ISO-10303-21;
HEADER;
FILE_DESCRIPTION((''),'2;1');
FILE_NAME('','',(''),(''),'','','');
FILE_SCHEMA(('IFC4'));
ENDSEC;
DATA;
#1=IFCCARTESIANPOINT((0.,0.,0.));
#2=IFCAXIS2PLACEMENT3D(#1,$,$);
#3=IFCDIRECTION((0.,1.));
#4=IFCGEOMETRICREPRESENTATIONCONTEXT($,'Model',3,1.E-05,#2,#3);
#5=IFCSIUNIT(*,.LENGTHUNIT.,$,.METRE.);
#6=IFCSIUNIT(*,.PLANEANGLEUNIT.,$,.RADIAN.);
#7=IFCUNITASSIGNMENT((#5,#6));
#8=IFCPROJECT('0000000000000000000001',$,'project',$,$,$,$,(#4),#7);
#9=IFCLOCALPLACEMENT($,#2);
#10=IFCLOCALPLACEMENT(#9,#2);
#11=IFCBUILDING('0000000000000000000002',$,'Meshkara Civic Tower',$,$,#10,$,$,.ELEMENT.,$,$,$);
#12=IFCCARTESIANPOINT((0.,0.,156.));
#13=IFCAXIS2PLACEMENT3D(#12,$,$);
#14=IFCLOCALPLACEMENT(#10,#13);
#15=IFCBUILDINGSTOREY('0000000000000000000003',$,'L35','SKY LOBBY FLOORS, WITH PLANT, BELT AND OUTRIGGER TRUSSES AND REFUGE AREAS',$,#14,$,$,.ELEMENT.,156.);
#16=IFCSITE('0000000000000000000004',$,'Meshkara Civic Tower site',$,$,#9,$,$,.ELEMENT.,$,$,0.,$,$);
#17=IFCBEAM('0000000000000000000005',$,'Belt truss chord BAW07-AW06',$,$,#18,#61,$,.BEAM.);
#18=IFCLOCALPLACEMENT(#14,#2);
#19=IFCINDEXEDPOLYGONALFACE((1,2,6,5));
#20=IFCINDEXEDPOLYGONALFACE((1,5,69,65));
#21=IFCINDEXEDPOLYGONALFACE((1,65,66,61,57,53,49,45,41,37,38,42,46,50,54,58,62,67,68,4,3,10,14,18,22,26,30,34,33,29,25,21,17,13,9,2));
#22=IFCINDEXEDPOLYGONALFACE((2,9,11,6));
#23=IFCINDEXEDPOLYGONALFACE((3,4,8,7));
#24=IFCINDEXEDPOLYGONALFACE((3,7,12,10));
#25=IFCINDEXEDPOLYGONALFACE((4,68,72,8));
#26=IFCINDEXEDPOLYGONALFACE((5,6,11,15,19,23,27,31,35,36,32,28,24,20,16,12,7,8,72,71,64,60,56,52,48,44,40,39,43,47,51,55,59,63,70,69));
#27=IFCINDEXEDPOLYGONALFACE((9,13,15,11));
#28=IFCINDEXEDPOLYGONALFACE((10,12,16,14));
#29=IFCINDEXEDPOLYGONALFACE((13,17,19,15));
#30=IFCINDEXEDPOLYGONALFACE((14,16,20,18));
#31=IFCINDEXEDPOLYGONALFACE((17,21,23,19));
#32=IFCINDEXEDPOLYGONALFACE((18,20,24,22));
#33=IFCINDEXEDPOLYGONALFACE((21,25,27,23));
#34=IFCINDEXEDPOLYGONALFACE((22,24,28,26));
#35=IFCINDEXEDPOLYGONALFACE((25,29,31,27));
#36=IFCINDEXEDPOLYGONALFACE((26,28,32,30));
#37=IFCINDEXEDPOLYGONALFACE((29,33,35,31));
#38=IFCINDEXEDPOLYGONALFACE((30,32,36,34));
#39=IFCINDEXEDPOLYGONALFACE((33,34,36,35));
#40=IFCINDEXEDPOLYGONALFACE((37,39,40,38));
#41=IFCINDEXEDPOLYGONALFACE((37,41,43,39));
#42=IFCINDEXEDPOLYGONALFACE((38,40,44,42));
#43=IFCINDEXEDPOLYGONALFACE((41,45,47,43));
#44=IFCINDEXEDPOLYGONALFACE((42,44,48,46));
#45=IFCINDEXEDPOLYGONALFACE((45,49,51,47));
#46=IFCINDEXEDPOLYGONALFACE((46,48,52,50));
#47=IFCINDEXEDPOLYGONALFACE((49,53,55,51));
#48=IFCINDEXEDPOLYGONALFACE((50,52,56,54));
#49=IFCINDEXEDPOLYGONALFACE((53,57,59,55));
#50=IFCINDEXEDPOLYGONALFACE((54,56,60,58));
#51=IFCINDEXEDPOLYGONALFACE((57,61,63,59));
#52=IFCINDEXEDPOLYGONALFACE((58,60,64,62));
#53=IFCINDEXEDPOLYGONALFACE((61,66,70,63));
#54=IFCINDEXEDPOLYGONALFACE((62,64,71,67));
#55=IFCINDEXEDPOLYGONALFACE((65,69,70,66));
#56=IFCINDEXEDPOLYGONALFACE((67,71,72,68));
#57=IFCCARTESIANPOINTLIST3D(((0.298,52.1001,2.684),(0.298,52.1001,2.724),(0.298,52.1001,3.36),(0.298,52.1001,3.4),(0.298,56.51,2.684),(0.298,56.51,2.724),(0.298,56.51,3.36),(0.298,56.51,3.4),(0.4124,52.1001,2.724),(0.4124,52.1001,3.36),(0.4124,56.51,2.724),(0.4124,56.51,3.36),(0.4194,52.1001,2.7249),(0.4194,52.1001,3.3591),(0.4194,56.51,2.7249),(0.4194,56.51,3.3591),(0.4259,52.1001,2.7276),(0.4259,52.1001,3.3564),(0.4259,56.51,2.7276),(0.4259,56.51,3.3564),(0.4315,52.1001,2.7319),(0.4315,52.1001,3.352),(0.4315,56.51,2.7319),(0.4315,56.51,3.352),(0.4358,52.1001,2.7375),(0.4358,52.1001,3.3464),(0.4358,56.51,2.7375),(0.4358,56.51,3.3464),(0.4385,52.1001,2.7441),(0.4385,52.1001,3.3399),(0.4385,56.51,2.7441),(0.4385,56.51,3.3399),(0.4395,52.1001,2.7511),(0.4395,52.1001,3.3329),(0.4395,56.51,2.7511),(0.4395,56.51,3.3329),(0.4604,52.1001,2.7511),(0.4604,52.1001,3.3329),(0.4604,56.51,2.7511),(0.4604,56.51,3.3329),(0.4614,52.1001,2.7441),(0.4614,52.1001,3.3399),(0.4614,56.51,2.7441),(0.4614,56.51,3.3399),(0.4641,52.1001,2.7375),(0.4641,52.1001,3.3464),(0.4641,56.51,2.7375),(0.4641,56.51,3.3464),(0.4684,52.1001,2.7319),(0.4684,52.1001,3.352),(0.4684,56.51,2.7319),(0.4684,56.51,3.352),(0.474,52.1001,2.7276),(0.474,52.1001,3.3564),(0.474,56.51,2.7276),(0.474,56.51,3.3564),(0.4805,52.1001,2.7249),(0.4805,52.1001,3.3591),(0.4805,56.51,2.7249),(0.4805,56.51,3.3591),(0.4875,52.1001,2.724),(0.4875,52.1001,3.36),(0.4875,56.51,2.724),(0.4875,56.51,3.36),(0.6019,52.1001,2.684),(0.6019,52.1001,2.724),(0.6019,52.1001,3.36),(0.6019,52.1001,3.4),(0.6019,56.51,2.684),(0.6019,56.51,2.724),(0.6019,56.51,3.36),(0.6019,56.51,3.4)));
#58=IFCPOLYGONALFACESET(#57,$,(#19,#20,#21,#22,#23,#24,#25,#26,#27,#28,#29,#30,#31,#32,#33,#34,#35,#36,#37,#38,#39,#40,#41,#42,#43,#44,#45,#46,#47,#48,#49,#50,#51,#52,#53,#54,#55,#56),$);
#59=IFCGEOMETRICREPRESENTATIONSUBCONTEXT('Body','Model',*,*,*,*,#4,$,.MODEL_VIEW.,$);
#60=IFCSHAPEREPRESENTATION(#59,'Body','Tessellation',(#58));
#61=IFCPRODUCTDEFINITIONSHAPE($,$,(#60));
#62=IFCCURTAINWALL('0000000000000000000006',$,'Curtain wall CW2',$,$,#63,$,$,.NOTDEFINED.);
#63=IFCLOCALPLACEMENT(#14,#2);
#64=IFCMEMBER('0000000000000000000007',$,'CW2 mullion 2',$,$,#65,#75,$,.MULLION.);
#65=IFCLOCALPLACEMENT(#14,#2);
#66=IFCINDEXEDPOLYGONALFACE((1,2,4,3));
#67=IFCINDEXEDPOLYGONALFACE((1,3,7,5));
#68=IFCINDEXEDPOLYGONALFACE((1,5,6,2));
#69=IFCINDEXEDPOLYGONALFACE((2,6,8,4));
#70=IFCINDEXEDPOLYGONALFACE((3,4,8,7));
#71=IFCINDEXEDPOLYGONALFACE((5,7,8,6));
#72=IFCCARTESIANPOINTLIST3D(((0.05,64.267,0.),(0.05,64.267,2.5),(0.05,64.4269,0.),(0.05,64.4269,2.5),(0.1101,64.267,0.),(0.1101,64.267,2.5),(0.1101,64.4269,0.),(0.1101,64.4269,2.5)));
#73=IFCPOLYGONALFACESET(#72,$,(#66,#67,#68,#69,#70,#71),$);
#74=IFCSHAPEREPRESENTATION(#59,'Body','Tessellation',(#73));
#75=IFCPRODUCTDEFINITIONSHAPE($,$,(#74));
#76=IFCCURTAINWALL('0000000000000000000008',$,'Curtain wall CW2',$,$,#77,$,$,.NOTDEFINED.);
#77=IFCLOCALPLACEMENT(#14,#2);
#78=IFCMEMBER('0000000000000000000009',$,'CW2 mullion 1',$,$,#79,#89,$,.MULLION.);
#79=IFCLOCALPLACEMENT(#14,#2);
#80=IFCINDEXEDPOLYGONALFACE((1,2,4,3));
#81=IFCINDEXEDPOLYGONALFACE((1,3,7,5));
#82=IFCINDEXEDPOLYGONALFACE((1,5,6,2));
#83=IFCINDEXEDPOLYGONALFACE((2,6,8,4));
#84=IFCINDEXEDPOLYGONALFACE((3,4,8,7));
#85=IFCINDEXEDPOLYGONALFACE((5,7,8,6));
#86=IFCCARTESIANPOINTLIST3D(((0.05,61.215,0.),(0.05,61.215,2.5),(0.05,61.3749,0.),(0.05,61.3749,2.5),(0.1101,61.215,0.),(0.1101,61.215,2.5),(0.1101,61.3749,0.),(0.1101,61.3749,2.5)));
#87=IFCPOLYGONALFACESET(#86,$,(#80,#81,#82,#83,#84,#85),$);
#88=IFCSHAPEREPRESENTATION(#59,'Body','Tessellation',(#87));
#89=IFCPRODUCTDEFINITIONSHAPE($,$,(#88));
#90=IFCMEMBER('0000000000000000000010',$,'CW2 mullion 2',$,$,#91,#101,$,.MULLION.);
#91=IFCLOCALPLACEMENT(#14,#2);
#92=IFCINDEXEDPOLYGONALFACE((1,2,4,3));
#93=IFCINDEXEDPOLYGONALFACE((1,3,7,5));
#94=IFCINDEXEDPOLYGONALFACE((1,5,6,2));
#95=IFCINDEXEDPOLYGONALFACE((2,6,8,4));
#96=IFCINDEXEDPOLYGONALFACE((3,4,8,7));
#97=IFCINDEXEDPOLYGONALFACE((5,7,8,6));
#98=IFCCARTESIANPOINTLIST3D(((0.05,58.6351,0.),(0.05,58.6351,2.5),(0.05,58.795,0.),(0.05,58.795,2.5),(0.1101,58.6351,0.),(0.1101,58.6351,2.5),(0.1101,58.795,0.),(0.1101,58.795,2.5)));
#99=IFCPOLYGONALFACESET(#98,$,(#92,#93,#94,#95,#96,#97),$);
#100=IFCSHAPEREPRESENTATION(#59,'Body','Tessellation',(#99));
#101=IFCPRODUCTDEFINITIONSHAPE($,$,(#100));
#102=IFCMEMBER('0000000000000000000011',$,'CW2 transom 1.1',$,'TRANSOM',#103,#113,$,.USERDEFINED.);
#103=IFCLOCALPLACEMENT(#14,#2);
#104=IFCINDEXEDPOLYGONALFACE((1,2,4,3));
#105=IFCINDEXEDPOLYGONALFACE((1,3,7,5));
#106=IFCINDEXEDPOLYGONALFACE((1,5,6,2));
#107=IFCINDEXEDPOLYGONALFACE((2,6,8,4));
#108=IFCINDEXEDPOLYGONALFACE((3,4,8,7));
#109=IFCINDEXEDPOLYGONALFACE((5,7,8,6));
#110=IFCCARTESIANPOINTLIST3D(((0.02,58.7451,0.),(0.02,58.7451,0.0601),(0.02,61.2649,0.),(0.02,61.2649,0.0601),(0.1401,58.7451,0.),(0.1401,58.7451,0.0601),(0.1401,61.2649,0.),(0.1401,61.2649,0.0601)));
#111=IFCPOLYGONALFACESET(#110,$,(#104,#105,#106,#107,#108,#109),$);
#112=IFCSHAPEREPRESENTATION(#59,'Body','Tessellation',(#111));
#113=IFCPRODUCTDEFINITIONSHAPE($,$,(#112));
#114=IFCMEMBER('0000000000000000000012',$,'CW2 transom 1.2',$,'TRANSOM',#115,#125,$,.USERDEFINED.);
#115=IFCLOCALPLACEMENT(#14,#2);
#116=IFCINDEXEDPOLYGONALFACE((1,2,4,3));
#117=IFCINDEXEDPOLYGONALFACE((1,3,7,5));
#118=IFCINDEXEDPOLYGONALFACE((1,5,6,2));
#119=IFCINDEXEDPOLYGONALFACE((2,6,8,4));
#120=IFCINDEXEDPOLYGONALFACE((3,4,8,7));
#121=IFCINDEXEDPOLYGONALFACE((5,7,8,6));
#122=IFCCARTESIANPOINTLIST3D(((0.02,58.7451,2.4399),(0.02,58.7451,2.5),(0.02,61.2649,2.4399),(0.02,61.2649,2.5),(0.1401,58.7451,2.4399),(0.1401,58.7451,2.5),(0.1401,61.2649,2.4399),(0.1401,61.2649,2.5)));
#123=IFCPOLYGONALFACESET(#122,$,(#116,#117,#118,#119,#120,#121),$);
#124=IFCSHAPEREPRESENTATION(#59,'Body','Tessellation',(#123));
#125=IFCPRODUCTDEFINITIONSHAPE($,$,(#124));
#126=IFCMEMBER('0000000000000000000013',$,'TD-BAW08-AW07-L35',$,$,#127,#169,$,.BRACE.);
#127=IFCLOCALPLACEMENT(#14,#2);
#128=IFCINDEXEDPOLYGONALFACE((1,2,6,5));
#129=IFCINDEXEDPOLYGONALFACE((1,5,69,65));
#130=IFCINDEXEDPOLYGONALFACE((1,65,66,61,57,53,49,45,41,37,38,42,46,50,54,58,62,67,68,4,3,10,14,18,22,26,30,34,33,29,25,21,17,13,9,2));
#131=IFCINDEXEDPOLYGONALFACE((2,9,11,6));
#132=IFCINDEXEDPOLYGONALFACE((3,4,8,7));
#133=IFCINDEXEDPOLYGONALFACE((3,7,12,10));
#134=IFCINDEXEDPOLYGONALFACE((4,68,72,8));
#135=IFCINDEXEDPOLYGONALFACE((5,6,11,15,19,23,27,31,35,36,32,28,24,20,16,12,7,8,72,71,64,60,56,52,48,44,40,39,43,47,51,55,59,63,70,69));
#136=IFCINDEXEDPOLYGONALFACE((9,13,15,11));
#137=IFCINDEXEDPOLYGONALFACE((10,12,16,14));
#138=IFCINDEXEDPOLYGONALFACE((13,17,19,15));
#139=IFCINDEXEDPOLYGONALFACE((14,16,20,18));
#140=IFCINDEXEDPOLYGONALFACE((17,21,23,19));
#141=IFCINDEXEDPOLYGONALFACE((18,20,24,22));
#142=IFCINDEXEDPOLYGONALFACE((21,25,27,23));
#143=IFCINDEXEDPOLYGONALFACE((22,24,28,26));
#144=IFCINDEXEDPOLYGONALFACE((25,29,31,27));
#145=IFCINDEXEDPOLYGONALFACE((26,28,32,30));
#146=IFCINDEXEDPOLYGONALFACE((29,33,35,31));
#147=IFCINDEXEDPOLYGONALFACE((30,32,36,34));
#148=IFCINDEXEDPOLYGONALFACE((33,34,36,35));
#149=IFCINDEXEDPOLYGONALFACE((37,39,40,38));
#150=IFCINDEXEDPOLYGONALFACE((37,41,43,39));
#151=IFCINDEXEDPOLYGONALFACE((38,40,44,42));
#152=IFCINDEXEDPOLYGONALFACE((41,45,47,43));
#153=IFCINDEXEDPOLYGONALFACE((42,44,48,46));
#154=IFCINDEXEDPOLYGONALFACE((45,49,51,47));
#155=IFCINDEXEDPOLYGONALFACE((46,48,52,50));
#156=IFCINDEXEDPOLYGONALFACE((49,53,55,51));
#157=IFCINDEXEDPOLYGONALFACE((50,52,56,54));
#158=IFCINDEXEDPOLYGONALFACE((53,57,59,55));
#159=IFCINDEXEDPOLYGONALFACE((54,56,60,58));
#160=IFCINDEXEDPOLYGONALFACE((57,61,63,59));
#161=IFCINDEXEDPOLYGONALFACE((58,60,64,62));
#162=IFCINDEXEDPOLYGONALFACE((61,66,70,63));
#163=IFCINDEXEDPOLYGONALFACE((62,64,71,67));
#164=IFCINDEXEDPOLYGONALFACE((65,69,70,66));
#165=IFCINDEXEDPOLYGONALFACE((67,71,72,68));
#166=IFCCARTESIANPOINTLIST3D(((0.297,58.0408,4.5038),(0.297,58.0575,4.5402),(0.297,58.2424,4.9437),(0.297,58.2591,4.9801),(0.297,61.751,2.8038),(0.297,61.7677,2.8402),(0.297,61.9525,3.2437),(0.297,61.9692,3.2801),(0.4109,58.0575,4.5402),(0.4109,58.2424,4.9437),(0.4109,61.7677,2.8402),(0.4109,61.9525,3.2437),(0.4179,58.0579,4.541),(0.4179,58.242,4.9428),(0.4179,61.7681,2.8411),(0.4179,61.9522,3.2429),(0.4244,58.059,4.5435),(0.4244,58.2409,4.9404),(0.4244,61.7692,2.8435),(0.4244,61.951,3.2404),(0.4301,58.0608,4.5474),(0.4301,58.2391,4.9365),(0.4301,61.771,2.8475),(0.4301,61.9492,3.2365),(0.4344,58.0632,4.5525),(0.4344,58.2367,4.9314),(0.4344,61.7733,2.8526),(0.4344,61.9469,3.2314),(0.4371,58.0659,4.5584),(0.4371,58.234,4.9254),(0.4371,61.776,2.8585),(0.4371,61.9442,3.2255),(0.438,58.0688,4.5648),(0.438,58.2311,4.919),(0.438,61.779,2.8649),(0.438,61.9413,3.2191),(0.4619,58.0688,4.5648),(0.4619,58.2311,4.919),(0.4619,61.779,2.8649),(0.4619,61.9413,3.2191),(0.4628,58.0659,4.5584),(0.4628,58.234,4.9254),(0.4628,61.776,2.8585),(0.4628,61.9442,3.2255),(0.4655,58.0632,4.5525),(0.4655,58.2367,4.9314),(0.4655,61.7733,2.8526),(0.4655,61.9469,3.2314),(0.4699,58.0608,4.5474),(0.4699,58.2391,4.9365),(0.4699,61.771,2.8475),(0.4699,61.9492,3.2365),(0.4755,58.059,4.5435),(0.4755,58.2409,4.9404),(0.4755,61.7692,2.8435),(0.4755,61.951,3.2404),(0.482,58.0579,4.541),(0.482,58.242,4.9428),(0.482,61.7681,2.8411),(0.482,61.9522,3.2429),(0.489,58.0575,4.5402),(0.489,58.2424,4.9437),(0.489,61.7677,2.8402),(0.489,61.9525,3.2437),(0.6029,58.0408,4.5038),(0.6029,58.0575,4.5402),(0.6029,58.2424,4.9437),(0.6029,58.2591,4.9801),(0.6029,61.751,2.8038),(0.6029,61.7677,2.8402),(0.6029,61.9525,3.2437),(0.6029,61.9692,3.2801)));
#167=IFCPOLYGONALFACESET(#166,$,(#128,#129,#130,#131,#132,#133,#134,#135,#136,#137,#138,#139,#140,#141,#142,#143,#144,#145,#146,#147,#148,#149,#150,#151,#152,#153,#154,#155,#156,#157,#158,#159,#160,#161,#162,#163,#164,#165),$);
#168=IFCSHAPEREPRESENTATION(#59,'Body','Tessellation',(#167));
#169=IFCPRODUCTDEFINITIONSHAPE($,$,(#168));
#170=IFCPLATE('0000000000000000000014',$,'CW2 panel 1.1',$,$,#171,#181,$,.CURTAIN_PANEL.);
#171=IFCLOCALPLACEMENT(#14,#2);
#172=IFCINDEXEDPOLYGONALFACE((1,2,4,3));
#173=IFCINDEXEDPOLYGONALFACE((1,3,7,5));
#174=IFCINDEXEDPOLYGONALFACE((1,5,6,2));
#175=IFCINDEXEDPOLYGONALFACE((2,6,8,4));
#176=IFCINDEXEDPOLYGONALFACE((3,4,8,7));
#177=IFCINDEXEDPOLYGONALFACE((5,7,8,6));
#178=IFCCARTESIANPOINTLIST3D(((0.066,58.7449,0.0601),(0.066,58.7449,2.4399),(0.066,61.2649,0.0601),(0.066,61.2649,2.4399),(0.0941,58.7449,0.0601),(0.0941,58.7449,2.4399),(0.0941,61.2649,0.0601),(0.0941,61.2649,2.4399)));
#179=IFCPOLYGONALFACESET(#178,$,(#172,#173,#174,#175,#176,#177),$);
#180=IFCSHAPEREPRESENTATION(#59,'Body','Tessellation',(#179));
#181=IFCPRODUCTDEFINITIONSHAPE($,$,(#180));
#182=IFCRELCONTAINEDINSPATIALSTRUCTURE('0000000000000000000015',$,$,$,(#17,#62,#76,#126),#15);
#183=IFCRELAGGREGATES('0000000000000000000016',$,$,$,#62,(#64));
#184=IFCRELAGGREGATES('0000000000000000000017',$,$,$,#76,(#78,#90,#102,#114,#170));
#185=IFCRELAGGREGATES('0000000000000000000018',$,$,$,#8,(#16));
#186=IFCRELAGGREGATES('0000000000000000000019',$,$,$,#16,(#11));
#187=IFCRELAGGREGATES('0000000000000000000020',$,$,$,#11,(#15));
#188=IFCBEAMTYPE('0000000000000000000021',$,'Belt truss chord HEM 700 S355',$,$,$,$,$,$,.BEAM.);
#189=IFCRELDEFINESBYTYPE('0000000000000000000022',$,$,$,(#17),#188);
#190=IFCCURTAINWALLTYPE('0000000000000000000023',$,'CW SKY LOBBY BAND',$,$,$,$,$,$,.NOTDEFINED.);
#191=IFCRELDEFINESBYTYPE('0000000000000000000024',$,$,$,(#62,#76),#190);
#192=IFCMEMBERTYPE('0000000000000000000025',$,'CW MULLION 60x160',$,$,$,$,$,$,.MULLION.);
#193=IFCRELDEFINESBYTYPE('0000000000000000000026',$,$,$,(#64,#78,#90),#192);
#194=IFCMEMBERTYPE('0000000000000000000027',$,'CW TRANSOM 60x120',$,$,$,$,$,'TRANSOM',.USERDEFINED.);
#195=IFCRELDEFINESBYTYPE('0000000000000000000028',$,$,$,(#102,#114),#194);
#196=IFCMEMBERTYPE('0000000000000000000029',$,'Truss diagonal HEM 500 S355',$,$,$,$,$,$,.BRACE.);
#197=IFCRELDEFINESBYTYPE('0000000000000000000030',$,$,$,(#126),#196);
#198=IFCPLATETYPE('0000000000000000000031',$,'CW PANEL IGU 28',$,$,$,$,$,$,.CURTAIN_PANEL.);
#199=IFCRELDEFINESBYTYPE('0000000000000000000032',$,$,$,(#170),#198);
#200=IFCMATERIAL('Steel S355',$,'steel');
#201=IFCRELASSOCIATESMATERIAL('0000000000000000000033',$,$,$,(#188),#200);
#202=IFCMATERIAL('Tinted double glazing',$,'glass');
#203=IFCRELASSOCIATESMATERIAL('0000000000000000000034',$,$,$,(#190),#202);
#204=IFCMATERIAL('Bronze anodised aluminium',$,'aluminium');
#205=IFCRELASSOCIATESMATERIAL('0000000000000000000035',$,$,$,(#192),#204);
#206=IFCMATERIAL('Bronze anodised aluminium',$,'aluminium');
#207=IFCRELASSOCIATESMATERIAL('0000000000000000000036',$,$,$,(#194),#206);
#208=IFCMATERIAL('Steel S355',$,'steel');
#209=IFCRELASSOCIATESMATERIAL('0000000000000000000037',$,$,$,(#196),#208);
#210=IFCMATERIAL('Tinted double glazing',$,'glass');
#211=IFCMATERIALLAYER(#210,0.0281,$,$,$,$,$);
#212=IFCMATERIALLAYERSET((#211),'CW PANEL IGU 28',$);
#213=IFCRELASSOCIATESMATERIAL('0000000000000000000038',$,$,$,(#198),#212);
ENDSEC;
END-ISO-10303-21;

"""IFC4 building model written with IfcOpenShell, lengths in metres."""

from ifc_helpers import new_model, si_unit, direction, frame, origin, origin_2d, place, context, subcontext, project, spatial, rectangle, i_section, extrude, material, layer, layer_set, material_profile, profile_set, type_object, element, aggregate, save


model = new_model("IFC4")

# Units and contexts
model_context = context("Model", 3, precision=1e-05, world=origin(), true_north=direction((0.0, 1.0)))
body_context = subcontext(model_context, "Body", "Model", "MODEL_VIEW")
ifc_project = project(units=[si_unit("LENGTHUNIT", "METRE"), si_unit("PLANEANGLEUNIT", "RADIAN")], contexts=[model_context])

# Site, building, storey
site_placement = place(None, origin())
site = spatial("IfcSite", under=ifc_project, at=site_placement, Name="Meshkara Civic Tower site", CompositionType="ELEMENT", RefElevation=0.0)
building_placement = place(site_placement, origin())
building = spatial("IfcBuilding", under=site, at=building_placement, Name="Meshkara Civic Tower", CompositionType="ELEMENT")
storey_placement = place(building_placement, frame((0.0, 0.0, 156.0)))
storey = spatial("IfcBuildingStorey", under=building, at=storey_placement, Name="L35", Description="SKY LOBBY FLOORS, WITH PLANT, BELT AND OUTRIGGER TRUSSES AND REFUGE AREAS", CompositionType="ELEMENT", Elevation=156.0)

# Beam
ifc_material_1 = material(Name="Steel S355", Category="steel")
ifc_material_profile_1 = material_profile(ifc_material_1, i_section(OverallWidth=0.304, OverallDepth=0.7161, WebThickness=0.021, FlangeThickness=0.04, FilletRadius=0.0271, at=origin_2d()))
ifc_profile_set_1 = profile_set([ifc_material_profile_1], Name="Steel S355")
beam_type = type_object("IfcBeamType", Name="Belt truss chord HEM 700 S355", PredefinedType="BEAM", material=ifc_profile_set_1)
for number, where, z_axis, x_axis, name in (
    (1, (0.45, 56.51, 3.042), (0.0, -1.0, 0.0), (1.0, 0.0, 0.0), "Belt truss chord BAW07-AW06"),
):
    element("IfcBeam", number, at=place(storey_placement, frame(where, z_axis=z_axis, x_axis=x_axis)), inside=storey, type_object=beam_type, Name=name, PredefinedType="BEAM", context=body_context, shape_type="SweptSolid", body=[
        extrude(i_section(OverallWidth=0.304, OverallDepth=0.7161, WebThickness=0.021, FlangeThickness=0.04, FilletRadius=0.0271, at=origin_2d()), origin(), (0.0, 0.0, 1.0), 4.4099),
    ])

# Curtain wall, member
ifc_material_2 = material(Name="Tinted double glazing", Category="glass")
curtain_wall_type = type_object("IfcCurtainWallType", Name="CW SKY LOBBY BAND", PredefinedType="NOTDEFINED", material=ifc_material_2)
curtain_wall_1_placement = place(storey_placement, origin())
curtain_wall_1 = element("IfcCurtainWall", 2, at=curtain_wall_1_placement, inside=storey, type_object=curtain_wall_type, Name="Curtain wall CW2", PredefinedType="NOTDEFINED")
ifc_material_3 = material(Name="Bronze anodised aluminium", Category="aluminium")
ifc_material_profile_2 = material_profile(ifc_material_3, rectangle(XDim=0.0601, YDim=0.1599, at=origin_2d()))
ifc_profile_set_2 = profile_set([ifc_material_profile_2], Name="Bronze anodised aluminium")
member_type_1 = type_object("IfcMemberType", Name="CW MULLION 60x160", PredefinedType="MULLION", material=ifc_profile_set_2)
member_1_placement = place(storey_placement, frame((0.0801, 64.3469, 0.0), z_axis=(0.0, 0.0, 1.0), x_axis=(1.0, 0.0, 0.0)))
member_1 = element("IfcMember", 3, at=member_1_placement, type_object=member_type_1, Name="CW2 mullion 2", PredefinedType="MULLION", context=body_context, shape_type="SweptSolid", body=[
    extrude(rectangle(XDim=0.0601, YDim=0.1599, at=origin_2d()), origin(), (0.0, 0.0, 1.0), 2.5),
])
aggregate(curtain_wall_1, [member_1])

# Curtain wall, members
curtain_wall_2_placement = place(storey_placement, origin())
curtain_wall_2 = element("IfcCurtainWall", 4, at=curtain_wall_2_placement, inside=storey, type_object=curtain_wall_type, Name="Curtain wall CW2", PredefinedType="NOTDEFINED")
member_2_placement = place(storey_placement, frame((0.0801, 61.2949, 0.0), z_axis=(0.0, 0.0, 1.0), x_axis=(1.0, 0.0, 0.0)))
member_2 = element("IfcMember", 5, at=member_2_placement, type_object=member_type_1, Name="CW2 mullion 1", PredefinedType="MULLION", context=body_context, shape_type="SweptSolid", body=[
    extrude(rectangle(XDim=0.0601, YDim=0.1599, at=origin_2d()), origin(), (0.0, 0.0, 1.0), 2.5),
])
member_3_placement = place(storey_placement, frame((0.0801, 58.7151, 0.0), z_axis=(0.0, 0.0, 1.0), x_axis=(1.0, 0.0, 0.0)))
member_3 = element("IfcMember", 6, at=member_3_placement, type_object=member_type_1, Name="CW2 mullion 2", PredefinedType="MULLION", context=body_context, shape_type="SweptSolid", body=[
    extrude(rectangle(XDim=0.0601, YDim=0.1599, at=origin_2d()), origin(), (0.0, 0.0, 1.0), 2.5),
])
ifc_material_4 = material(Name="Bronze anodised aluminium", Category="aluminium")
ifc_material_profile_3 = material_profile(ifc_material_4, rectangle(XDim=0.1201, YDim=0.0601, at=origin_2d()))
ifc_profile_set_3 = profile_set([ifc_material_profile_3], Name="Bronze anodised aluminium")
member_type_2 = type_object("IfcMemberType", Name="CW TRANSOM 60x120", ElementType="TRANSOM", PredefinedType="USERDEFINED", material=ifc_profile_set_3)
member_4_placement = place(storey_placement, frame((0.0801, 61.2649, 0.03), z_axis=(0.0, -1.0, 0.0), x_axis=(1.0, 0.0, 0.0)))
member_4 = element("IfcMember", 7, at=member_4_placement, type_object=member_type_2, Name="CW2 transom 1.1", ObjectType="TRANSOM", PredefinedType="USERDEFINED", context=body_context, shape_type="SweptSolid", body=[
    extrude(rectangle(XDim=0.1201, YDim=0.0601, at=origin_2d()), origin(), (0.0, 0.0, 1.0), 2.5198),
])
member_5_placement = place(storey_placement, frame((0.0801, 61.2649, 2.47), z_axis=(0.0, -1.0, 0.0), x_axis=(1.0, 0.0, 0.0)))
member_5 = element("IfcMember", 8, at=member_5_placement, type_object=member_type_2, Name="CW2 transom 1.2", ObjectType="TRANSOM", PredefinedType="USERDEFINED", context=body_context, shape_type="SweptSolid", body=[
    extrude(rectangle(XDim=0.1201, YDim=0.0601, at=origin_2d()), origin(), (0.0, 0.0, 1.0), 2.5198),
])

# Member
ifc_material_5 = material(Name="Steel S355", Category="steel")
ifc_material_profile_4 = material_profile(ifc_material_5, i_section(OverallWidth=0.3059, OverallDepth=0.5239, WebThickness=0.0239, FlangeThickness=0.04, FilletRadius=0.0271, at=origin_2d()))
ifc_profile_set_4 = profile_set([ifc_material_profile_4], Name="Steel S355")
member_type_3 = type_object("IfcMemberType", Name="Truss diagonal HEM 500 S355", PredefinedType="BRACE", material=ifc_profile_set_4)
member_6_placement = place(storey_placement, frame((0.45, 61.8601, 3.042), z_axis=(0.0, -0.909117, 0.416541), x_axis=(1.0, 0.0, 0.0)))
element("IfcMember", 9, at=member_6_placement, inside=storey, type_object=member_type_3, Name="TD-BAW08-AW07-L35", PredefinedType="BRACE", context=body_context, shape_type="SweptSolid", body=[
    extrude(i_section(OverallWidth=0.3059, OverallDepth=0.5239, WebThickness=0.0239, FlangeThickness=0.04, FilletRadius=0.0271, at=origin_2d()), origin(), (0.0, 0.0, 1.0), 4.0811),
])

# Plate
ifc_material_6 = material(Name="Tinted double glazing", Category="glass")
ifc_layer_1 = layer(ifc_material_6, 0.0281)
ifc_layer_set_1 = layer_set([ifc_layer_1], Name="CW PANEL IGU 28")
plate_type = type_object("IfcPlateType", Name="CW PANEL IGU 28", PredefinedType="CURTAIN_PANEL", material=ifc_layer_set_1)
plate_placement = place(storey_placement, frame((0.0801, 60.0049, 0.0601), z_axis=(0.0, 0.0, 1.0), x_axis=(0.0, -1.0, 0.0)))
plate = element("IfcPlate", 10, at=plate_placement, type_object=plate_type, Name="CW2 panel 1.1", PredefinedType="CURTAIN_PANEL", context=body_context, shape_type="SweptSolid", body=[
    extrude(rectangle(XDim=2.52, YDim=0.0281, at=origin_2d()), origin(), (0.0, 0.0, 1.0), 2.3799),
])
aggregate(curtain_wall_2, [member_2, member_3, member_4, member_5, plate])

save(model, "model.ifc")
